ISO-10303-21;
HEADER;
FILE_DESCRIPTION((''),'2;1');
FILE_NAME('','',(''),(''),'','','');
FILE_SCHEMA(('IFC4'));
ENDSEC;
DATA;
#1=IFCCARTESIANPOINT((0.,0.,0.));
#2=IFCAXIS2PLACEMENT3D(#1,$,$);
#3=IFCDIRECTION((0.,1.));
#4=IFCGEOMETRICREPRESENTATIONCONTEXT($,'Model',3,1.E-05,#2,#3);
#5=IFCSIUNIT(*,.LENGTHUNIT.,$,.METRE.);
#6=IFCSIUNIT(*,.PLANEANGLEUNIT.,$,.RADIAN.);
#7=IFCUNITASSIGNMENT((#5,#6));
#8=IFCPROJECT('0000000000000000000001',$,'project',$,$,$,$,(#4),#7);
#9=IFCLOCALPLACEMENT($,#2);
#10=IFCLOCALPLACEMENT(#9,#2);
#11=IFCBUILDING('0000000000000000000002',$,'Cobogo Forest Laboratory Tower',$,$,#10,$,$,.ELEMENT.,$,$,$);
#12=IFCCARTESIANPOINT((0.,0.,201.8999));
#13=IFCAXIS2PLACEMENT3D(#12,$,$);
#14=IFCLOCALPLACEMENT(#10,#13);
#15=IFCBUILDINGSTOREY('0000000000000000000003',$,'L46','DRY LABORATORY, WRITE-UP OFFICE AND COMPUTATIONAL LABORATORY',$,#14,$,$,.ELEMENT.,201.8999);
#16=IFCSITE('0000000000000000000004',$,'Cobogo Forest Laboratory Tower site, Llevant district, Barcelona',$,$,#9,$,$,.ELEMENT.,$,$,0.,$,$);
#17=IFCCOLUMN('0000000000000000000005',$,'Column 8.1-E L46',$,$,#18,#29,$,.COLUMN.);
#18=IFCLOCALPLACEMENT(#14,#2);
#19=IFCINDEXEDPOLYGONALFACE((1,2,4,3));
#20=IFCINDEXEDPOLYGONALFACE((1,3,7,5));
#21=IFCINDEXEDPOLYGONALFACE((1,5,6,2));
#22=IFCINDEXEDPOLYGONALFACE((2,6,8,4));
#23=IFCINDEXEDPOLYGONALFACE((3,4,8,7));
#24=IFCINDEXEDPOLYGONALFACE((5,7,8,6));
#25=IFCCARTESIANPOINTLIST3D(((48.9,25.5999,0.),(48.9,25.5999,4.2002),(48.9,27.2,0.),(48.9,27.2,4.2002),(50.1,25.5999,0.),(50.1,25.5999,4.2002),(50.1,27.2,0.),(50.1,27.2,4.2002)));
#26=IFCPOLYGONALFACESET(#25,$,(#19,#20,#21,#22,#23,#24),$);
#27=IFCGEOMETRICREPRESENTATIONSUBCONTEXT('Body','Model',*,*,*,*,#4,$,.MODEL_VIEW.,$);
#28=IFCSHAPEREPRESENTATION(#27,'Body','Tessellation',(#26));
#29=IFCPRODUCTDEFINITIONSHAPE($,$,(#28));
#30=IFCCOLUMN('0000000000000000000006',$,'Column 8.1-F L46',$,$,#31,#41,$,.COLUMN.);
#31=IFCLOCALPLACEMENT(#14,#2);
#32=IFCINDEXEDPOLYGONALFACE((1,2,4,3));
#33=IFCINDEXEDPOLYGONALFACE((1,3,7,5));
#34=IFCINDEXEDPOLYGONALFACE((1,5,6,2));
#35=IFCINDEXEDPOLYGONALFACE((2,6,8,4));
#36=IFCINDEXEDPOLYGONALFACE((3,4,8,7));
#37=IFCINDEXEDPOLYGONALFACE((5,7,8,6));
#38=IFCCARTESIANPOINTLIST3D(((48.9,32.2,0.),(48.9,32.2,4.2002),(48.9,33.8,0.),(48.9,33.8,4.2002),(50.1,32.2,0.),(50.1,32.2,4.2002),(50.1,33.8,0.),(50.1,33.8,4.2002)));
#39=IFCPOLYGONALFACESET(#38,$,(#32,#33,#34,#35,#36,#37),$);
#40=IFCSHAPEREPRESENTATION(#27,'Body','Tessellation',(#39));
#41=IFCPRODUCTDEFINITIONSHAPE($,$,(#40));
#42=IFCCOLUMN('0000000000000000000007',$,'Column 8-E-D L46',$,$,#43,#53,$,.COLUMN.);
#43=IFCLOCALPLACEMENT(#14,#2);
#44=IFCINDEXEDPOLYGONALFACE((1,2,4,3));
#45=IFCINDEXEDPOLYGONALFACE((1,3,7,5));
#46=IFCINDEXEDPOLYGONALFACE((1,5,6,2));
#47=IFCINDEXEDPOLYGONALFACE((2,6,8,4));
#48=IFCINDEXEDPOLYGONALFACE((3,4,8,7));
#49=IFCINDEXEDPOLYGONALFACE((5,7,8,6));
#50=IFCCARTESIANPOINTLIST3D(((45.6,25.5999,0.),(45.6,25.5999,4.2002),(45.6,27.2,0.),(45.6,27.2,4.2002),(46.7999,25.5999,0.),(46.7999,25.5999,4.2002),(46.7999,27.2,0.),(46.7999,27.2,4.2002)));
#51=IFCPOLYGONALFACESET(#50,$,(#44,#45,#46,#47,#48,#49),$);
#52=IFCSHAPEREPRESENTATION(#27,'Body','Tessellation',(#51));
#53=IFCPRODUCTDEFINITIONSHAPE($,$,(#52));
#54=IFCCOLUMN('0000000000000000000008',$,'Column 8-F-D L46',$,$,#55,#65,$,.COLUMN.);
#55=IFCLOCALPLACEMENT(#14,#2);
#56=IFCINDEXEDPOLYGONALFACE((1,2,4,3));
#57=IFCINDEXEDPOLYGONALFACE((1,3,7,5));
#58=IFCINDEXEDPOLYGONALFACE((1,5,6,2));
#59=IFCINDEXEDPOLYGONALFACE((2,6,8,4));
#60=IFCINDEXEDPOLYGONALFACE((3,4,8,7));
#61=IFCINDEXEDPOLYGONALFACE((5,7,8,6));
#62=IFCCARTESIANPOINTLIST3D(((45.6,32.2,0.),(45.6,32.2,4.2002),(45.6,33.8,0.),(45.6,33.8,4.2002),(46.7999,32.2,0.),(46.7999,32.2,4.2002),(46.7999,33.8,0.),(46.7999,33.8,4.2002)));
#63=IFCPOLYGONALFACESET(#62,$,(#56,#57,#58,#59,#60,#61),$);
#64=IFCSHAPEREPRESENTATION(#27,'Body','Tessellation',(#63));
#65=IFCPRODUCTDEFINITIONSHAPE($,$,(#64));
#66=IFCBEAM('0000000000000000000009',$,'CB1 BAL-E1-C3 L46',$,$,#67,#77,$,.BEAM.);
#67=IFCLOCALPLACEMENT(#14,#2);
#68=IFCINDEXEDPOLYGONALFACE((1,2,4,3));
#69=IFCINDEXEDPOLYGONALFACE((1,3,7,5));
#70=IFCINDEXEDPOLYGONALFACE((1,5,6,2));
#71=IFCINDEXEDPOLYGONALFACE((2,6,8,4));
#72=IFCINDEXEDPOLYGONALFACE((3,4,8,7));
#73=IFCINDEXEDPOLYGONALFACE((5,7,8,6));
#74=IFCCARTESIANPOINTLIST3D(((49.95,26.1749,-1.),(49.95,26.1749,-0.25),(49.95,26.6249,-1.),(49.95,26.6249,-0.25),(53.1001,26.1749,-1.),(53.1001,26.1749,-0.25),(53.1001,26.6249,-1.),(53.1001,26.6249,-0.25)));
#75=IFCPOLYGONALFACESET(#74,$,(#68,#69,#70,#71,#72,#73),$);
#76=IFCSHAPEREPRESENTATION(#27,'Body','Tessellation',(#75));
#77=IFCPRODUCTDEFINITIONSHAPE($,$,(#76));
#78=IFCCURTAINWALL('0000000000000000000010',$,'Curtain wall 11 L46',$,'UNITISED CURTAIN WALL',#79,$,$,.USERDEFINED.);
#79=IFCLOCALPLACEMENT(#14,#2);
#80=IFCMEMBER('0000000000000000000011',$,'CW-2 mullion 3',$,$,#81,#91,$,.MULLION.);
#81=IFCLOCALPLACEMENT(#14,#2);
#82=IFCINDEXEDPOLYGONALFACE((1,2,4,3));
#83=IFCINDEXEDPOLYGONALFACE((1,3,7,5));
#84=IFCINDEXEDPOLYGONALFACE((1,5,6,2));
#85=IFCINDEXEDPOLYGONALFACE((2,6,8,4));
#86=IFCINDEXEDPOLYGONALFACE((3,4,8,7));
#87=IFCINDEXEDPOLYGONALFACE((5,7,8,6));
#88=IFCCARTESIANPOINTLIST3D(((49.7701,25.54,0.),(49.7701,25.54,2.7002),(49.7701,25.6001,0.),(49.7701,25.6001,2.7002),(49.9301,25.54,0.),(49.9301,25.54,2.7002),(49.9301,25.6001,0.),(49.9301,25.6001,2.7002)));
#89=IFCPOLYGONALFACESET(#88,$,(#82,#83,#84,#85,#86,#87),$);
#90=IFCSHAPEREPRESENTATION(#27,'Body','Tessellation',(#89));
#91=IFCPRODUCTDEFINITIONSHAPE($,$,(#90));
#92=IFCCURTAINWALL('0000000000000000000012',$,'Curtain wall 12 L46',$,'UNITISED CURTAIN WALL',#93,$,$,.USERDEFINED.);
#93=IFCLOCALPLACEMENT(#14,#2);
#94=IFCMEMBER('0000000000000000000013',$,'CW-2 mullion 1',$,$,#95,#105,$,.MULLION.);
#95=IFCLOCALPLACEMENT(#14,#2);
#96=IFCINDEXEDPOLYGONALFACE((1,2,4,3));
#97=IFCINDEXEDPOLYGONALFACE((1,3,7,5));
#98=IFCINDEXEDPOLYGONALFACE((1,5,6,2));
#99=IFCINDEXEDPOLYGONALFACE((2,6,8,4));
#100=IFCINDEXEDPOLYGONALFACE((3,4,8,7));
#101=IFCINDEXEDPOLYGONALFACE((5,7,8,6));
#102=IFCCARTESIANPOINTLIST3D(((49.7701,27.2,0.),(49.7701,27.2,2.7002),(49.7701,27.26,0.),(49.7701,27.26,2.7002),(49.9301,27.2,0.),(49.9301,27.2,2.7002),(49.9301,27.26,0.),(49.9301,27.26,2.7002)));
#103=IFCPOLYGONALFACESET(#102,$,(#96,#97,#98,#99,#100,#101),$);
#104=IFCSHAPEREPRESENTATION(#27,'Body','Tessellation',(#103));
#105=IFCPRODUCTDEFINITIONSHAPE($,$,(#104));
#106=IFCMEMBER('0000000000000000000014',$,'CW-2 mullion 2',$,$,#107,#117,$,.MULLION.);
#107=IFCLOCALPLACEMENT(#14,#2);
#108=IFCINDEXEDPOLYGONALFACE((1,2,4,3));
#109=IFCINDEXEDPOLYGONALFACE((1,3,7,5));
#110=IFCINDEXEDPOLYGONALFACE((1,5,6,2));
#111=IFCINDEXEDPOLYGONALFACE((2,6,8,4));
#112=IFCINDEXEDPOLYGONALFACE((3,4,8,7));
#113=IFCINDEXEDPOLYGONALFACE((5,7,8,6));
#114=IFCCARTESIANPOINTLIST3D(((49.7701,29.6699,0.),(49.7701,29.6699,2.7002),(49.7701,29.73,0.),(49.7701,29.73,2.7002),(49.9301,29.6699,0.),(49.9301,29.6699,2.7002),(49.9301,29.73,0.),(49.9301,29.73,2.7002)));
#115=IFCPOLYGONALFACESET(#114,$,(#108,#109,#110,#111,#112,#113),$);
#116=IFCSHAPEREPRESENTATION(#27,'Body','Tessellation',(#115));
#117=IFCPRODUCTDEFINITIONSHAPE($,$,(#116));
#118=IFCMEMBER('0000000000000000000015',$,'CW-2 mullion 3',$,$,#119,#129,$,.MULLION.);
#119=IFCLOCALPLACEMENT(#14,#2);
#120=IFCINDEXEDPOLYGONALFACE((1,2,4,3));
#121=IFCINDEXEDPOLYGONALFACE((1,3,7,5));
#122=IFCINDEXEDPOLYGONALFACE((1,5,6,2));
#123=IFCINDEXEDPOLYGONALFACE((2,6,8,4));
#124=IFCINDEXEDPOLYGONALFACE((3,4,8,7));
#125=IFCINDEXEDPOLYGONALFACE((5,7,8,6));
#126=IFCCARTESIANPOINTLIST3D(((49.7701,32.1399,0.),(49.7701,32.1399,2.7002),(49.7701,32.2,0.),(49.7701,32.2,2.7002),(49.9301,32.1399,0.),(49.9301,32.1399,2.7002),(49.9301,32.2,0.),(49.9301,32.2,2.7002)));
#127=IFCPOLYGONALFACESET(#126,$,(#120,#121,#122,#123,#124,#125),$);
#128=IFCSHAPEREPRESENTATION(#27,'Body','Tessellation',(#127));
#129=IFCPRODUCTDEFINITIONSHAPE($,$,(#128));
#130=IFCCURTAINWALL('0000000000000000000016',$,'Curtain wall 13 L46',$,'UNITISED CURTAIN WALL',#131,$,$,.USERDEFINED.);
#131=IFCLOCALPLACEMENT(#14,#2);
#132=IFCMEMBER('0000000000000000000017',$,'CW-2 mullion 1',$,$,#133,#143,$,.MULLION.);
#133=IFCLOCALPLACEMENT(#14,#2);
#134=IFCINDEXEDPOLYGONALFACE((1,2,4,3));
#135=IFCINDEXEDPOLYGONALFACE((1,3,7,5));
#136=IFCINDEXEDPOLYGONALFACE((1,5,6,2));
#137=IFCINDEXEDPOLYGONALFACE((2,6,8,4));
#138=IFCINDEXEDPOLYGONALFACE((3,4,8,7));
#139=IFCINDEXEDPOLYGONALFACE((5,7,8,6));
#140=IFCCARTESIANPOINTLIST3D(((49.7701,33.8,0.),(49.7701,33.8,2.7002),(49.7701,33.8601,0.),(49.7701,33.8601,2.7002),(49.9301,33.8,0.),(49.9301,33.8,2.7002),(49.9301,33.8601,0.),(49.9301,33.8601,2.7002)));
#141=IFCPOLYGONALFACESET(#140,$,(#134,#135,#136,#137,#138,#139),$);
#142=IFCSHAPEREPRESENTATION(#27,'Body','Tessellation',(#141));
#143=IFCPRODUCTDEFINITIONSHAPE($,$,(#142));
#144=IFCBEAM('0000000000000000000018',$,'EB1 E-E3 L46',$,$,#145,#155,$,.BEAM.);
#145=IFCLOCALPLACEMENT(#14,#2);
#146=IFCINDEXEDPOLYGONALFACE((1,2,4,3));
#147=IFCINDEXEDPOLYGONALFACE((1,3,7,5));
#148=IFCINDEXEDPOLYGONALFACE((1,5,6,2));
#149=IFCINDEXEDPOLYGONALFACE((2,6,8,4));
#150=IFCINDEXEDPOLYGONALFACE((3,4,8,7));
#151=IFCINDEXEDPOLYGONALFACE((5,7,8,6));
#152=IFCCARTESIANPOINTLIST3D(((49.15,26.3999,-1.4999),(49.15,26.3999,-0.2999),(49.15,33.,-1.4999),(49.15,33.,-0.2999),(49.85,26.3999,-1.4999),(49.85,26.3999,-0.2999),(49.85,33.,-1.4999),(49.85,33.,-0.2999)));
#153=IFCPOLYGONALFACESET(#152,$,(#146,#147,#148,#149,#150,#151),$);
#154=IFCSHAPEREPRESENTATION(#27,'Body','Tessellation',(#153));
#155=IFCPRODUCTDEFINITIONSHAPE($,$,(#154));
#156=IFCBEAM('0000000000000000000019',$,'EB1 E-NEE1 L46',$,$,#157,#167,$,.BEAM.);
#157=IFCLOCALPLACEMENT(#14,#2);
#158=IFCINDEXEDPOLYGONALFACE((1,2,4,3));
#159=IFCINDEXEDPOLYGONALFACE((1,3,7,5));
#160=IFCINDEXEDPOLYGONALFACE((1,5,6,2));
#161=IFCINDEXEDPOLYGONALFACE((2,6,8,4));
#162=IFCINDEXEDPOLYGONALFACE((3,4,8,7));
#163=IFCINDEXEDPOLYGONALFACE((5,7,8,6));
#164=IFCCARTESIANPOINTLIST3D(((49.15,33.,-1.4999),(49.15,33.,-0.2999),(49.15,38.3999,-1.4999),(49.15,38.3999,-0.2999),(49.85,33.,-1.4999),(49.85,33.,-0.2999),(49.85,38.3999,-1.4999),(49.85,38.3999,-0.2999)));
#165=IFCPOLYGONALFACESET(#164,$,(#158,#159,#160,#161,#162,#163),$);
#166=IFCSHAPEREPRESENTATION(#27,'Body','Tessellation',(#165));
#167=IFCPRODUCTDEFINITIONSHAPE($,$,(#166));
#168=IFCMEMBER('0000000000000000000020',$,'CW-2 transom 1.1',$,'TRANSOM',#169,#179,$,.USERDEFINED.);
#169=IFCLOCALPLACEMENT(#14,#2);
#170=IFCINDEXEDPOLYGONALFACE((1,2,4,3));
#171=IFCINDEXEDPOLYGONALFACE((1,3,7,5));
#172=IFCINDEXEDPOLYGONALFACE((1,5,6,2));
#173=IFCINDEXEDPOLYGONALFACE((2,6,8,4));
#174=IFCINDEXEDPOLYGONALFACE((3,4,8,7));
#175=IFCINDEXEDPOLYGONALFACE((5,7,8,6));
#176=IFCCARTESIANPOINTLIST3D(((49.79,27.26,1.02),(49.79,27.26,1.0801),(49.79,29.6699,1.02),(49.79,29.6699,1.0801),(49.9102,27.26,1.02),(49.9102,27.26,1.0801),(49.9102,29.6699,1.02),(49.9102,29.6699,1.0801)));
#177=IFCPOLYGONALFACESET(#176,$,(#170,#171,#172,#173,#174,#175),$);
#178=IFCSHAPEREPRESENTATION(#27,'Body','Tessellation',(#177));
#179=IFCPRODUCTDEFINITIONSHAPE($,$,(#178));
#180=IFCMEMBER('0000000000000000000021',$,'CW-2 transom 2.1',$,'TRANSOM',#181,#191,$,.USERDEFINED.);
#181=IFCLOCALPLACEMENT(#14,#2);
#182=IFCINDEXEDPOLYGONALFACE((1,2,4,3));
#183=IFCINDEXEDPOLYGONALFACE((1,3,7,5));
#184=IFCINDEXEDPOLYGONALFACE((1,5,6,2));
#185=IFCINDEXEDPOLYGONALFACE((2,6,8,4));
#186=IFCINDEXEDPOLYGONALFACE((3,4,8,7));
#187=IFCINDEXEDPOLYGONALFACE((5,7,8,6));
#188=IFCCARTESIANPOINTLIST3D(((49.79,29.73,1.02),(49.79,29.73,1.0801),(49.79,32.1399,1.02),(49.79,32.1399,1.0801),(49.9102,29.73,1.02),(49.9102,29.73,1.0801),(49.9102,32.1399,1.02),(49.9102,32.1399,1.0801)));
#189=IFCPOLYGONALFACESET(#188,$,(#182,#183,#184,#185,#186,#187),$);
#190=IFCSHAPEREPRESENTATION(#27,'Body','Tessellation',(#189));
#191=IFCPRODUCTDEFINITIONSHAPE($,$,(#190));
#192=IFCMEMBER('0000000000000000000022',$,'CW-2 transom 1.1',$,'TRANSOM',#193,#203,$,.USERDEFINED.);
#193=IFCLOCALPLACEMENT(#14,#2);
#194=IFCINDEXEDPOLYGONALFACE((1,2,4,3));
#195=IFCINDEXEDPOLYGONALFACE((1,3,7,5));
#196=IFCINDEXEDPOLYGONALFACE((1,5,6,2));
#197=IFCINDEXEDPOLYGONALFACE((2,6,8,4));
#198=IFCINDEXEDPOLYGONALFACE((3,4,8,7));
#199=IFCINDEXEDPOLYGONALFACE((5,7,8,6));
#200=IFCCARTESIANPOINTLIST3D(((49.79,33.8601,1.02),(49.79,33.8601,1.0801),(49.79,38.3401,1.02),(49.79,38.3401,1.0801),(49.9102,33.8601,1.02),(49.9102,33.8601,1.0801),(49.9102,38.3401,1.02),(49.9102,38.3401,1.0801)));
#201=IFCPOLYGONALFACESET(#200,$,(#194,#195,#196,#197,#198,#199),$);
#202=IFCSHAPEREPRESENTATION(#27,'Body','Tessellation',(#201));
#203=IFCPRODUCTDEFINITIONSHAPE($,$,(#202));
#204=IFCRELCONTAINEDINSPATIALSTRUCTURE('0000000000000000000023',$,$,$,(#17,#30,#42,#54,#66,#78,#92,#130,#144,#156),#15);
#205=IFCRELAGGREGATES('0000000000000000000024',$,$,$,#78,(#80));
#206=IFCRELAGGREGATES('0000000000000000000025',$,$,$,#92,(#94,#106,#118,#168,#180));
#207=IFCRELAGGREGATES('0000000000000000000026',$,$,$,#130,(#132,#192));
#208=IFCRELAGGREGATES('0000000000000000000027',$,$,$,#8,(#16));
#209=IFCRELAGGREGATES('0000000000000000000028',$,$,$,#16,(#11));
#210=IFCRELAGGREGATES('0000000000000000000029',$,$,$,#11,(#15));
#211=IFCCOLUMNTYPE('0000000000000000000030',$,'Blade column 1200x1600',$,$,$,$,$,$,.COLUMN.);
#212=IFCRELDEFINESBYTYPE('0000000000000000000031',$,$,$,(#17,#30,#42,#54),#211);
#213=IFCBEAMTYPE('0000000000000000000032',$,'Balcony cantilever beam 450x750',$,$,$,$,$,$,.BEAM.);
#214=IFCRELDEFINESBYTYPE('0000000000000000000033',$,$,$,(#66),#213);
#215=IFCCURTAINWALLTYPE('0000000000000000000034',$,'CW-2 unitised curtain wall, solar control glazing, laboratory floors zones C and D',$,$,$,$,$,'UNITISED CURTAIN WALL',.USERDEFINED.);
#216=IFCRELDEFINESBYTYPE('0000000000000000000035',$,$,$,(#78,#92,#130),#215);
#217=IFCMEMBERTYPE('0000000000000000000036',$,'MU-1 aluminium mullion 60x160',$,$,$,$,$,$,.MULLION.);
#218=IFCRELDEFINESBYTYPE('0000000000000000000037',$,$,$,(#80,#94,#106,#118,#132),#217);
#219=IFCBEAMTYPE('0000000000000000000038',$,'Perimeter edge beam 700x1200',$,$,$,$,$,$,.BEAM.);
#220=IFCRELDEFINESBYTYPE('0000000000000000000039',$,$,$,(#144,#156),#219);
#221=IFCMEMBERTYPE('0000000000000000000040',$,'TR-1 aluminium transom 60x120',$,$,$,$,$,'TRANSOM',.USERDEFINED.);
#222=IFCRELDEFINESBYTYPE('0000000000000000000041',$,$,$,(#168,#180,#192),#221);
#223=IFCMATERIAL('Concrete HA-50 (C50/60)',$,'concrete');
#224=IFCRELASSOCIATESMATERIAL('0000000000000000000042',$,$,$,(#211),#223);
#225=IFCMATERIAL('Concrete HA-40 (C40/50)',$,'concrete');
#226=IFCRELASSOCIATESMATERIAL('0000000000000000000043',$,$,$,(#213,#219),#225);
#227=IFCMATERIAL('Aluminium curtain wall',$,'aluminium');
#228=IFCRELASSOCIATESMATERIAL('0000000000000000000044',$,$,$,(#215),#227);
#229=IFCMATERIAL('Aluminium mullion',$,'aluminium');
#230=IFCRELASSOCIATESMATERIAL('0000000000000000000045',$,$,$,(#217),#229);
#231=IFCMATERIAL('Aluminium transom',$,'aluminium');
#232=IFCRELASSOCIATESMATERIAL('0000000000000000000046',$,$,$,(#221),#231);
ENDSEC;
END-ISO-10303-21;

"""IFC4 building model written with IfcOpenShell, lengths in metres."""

from ifc_helpers import new_model, si_unit, direction, frame, origin, origin_2d, place, context, subcontext, project, spatial, rectangle, extrude, material, material_profile, profile_set, type_object, element, aggregate, save


model = new_model("IFC4")

# Units and contexts
model_context = context("Model", 3, precision=1e-05, world=origin(), true_north=direction((0.0, 1.0)))
body_context = subcontext(model_context, "Body", "Model", "MODEL_VIEW")
ifc_project = project(units=[si_unit("LENGTHUNIT", "METRE"), si_unit("PLANEANGLEUNIT", "RADIAN")], contexts=[model_context])

# Site, building, storey
site_placement = place(None, origin())
site = spatial("IfcSite", under=ifc_project, at=site_placement, Name="Cobogo Forest Laboratory Tower site, Llevant district, Barcelona", CompositionType="ELEMENT", RefElevation=0.0)
building_placement = place(site_placement, origin())
building = spatial("IfcBuilding", under=site, at=building_placement, Name="Cobogo Forest Laboratory Tower", CompositionType="ELEMENT")
storey_placement = place(building_placement, frame((0.0, 0.0, 201.8999)))
storey = spatial("IfcBuildingStorey", under=building, at=storey_placement, Name="L46", Description="DRY LABORATORY, WRITE-UP OFFICE AND COMPUTATIONAL LABORATORY", CompositionType="ELEMENT", Elevation=201.8999)

# Columns
ifc_material_1 = material(Name="Concrete HA-50 (C50/60)", Category="concrete")
ifc_material_profile_1 = material_profile(ifc_material_1, rectangle(XDim=1.6001, YDim=1.2, at=origin_2d()), Name="RC 1200x1600")
ifc_profile_set_1 = profile_set([ifc_material_profile_1], Name="Concrete HA-50 (C50/60)")
column_type = type_object("IfcColumnType", Name="Blade column 1200x1600", PredefinedType="COLUMN", material=ifc_profile_set_1)
for number, where, z_axis, x_axis, name in (
    (1, (49.5, 26.3999, 0.0), (0.0, 0.0, 1.0), (0.0, 1.0, 0.0), "Column 8.1-E L46"),
    (2, (49.5, 33.0, 0.0), (0.0, 0.0, 1.0), (0.0, 1.0, 0.0), "Column 8.1-F L46"),
    (3, (46.2, 26.3999, 0.0), (0.0, 0.0, 1.0), (0.0, 1.0, 0.0), "Column 8-E-D L46"),
    (4, (46.2, 33.0, 0.0), (0.0, 0.0, 1.0), (0.0, 1.0, 0.0), "Column 8-F-D L46"),
):
    element("IfcColumn", number, at=place(storey_placement, frame(where, z_axis=z_axis, x_axis=x_axis)), inside=storey, type_object=column_type, Name=name, PredefinedType="COLUMN", context=body_context, shape_type="SweptSolid", body=[
        extrude(rectangle(XDim=1.6001, YDim=1.2, at=origin_2d()), origin(), (0.0, 0.0, 1.0), 4.2002),
    ])

# Beam
ifc_material_2 = material(Name="Concrete HA-40 (C40/50)", Category="concrete")
ifc_material_profile_2 = material_profile(ifc_material_2, rectangle(XDim=0.45, YDim=0.75, at=origin_2d()), Name="RC 450x750")
ifc_profile_set_2 = profile_set([ifc_material_profile_2], Name="Concrete HA-40 (C40/50)")
beam_type_1 = type_object("IfcBeamType", Name="Balcony cantilever beam 450x750", PredefinedType="BEAM", material=ifc_profile_set_2)
beam_1_placement = place(storey_placement, frame((49.95, 26.3999, -0.625), z_axis=(1.0, 0.0, 0.0), x_axis=(0.0, 1.0, 0.0)))
element("IfcBeam", 5, at=beam_1_placement, inside=storey, type_object=beam_type_1, Name="CB1 BAL-E1-C3 L46", PredefinedType="BEAM", context=body_context, shape_type="SweptSolid", body=[
    extrude(rectangle(XDim=0.45, YDim=0.75, at=origin_2d()), origin(), (0.0, 0.0, 1.0), 3.1501),
])

# Curtain wall, member
ifc_material_3 = material(Name="Aluminium curtain wall", Category="aluminium")
curtain_wall_type = type_object("IfcCurtainWallType", Name="CW-2 unitised curtain wall, solar control glazing, laboratory floors zones C and D", ElementType="UNITISED CURTAIN WALL", PredefinedType="USERDEFINED", material=ifc_material_3)
curtain_wall_1_placement = place(storey_placement, origin())
curtain_wall_1 = element("IfcCurtainWall", 6, at=curtain_wall_1_placement, inside=storey, type_object=curtain_wall_type, Name="Curtain wall 11 L46", ObjectType="UNITISED CURTAIN WALL", PredefinedType="USERDEFINED")
ifc_material_4 = material(Name="Aluminium mullion", Category="aluminium")
ifc_material_profile_3 = material_profile(ifc_material_4, rectangle(XDim=0.0601, YDim=0.1599, at=origin_2d()), Name="AL 60x160")
ifc_profile_set_3 = profile_set([ifc_material_profile_3], Name="Aluminium mullion")
member_type_1 = type_object("IfcMemberType", Name="MU-1 aluminium mullion 60x160", PredefinedType="MULLION", material=ifc_profile_set_3)
member_1_placement = place(storey_placement, frame((49.8501, 25.5701, 0.0), z_axis=(0.0, 0.0, 1.0), x_axis=(0.0, 1.0, 0.0)))
member_1 = element("IfcMember", 7, at=member_1_placement, type_object=member_type_1, Name="CW-2 mullion 3", PredefinedType="MULLION", context=body_context, shape_type="SweptSolid", body=[
    extrude(rectangle(XDim=0.0601, YDim=0.1599, at=origin_2d()), origin(), (0.0, 0.0, 1.0), 2.7002),
])

# Curtain wall, members
curtain_wall_2_placement = place(storey_placement, origin())
curtain_wall_2 = element("IfcCurtainWall", 8, at=curtain_wall_2_placement, inside=storey, type_object=curtain_wall_type, Name="Curtain wall 12 L46", ObjectType="UNITISED CURTAIN WALL", PredefinedType="USERDEFINED")
member_2_placement = place(storey_placement, frame((49.8501, 27.23, 0.0), z_axis=(0.0, 0.0, 1.0), x_axis=(0.0, 1.0, 0.0)))
member_2 = element("IfcMember", 9, at=member_2_placement, type_object=member_type_1, Name="CW-2 mullion 1", PredefinedType="MULLION", context=body_context, shape_type="SweptSolid", body=[
    extrude(rectangle(XDim=0.0601, YDim=0.1599, at=origin_2d()), origin(), (0.0, 0.0, 1.0), 2.7002),
])
member_3_placement = place(storey_placement, frame((49.8501, 29.7, 0.0), z_axis=(0.0, 0.0, 1.0), x_axis=(0.0, 1.0, 0.0)))
member_3 = element("IfcMember", 10, at=member_3_placement, type_object=member_type_1, Name="CW-2 mullion 2", PredefinedType="MULLION", context=body_context, shape_type="SweptSolid", body=[
    extrude(rectangle(XDim=0.0601, YDim=0.1599, at=origin_2d()), origin(), (0.0, 0.0, 1.0), 2.7002),
])
member_4_placement = place(storey_placement, frame((49.8501, 32.1699, 0.0), z_axis=(0.0, 0.0, 1.0), x_axis=(0.0, 1.0, 0.0)))
member_4 = element("IfcMember", 11, at=member_4_placement, type_object=member_type_1, Name="CW-2 mullion 3", PredefinedType="MULLION", context=body_context, shape_type="SweptSolid", body=[
    extrude(rectangle(XDim=0.0601, YDim=0.1599, at=origin_2d()), origin(), (0.0, 0.0, 1.0), 2.7002),
])

# Curtain wall, member
curtain_wall_3_placement = place(storey_placement, origin())
curtain_wall_3 = element("IfcCurtainWall", 12, at=curtain_wall_3_placement, inside=storey, type_object=curtain_wall_type, Name="Curtain wall 13 L46", ObjectType="UNITISED CURTAIN WALL", PredefinedType="USERDEFINED")
member_5_placement = place(storey_placement, frame((49.8501, 33.8301, 0.0), z_axis=(0.0, 0.0, 1.0), x_axis=(0.0, 1.0, 0.0)))
member_5 = element("IfcMember", 13, at=member_5_placement, type_object=member_type_1, Name="CW-2 mullion 1", PredefinedType="MULLION", context=body_context, shape_type="SweptSolid", body=[
    extrude(rectangle(XDim=0.0601, YDim=0.1599, at=origin_2d()), origin(), (0.0, 0.0, 1.0), 2.7002),
])

# Beams
ifc_material_profile_4 = material_profile(ifc_material_2, rectangle(XDim=0.7, YDim=1.2, at=origin_2d()), Name="RC 700x1200")
ifc_profile_set_4 = profile_set([ifc_material_profile_4], Name="Concrete HA-40 (C40/50)")
beam_type_2 = type_object("IfcBeamType", Name="Perimeter edge beam 700x1200", PredefinedType="BEAM", material=ifc_profile_set_4)
beam_2_placement = place(storey_placement, frame((49.5, 26.3999, -0.8999), z_axis=(0.0, 1.0, 0.0), x_axis=(-1.0, 0.0, 0.0)))
element("IfcBeam", 14, at=beam_2_placement, inside=storey, type_object=beam_type_2, Name="EB1 E-E3 L46", PredefinedType="BEAM", context=body_context, shape_type="SweptSolid", body=[
    extrude(rectangle(XDim=0.7, YDim=1.2, at=origin_2d()), origin(), (0.0, 0.0, 1.0), 6.6001),
])
beam_3_placement = place(storey_placement, frame((49.5, 33.0, -0.8999), z_axis=(0.0, 1.0, 0.0), x_axis=(-1.0, 0.0, 0.0)))
element("IfcBeam", 15, at=beam_3_placement, inside=storey, type_object=beam_type_2, Name="EB1 E-NEE1 L46", PredefinedType="BEAM", context=body_context, shape_type="SweptSolid", body=[
    extrude(rectangle(XDim=0.7, YDim=1.2, at=origin_2d()), origin(), (0.0, 0.0, 1.0), 5.3999),
])

# Members
ifc_material_5 = material(Name="Aluminium transom", Category="aluminium")
ifc_material_profile_5 = material_profile(ifc_material_5, rectangle(XDim=0.1201, YDim=0.0601, at=origin_2d()), Name="AL 60x120")
ifc_profile_set_5 = profile_set([ifc_material_profile_5], Name="Aluminium transom")
member_type_2 = type_object("IfcMemberType", Name="TR-1 aluminium transom 60x120", ElementType="TRANSOM", PredefinedType="USERDEFINED", material=ifc_profile_set_5)
member_6_placement = place(storey_placement, frame((49.8501, 27.26, 1.05), z_axis=(0.0, 1.0, 0.0), x_axis=(-1.0, 0.0, 0.0)))
member_6 = element("IfcMember", 16, at=member_6_placement, type_object=member_type_2, Name="CW-2 transom 1.1", ObjectType="TRANSOM", PredefinedType="USERDEFINED", context=body_context, shape_type="SweptSolid", body=[
    extrude(rectangle(XDim=0.1201, YDim=0.0601, at=origin_2d()), origin(), (0.0, 0.0, 1.0), 2.4099),
])
member_7_placement = place(storey_placement, frame((49.8501, 29.73, 1.05), z_axis=(0.0, 1.0, 0.0), x_axis=(-1.0, 0.0, 0.0)))
member_7 = element("IfcMember", 17, at=member_7_placement, type_object=member_type_2, Name="CW-2 transom 2.1", ObjectType="TRANSOM", PredefinedType="USERDEFINED", context=body_context, shape_type="SweptSolid", body=[
    extrude(rectangle(XDim=0.1201, YDim=0.0601, at=origin_2d()), origin(), (0.0, 0.0, 1.0), 2.4099),
])
member_8_placement = place(storey_placement, frame((49.8501, 33.8601, 1.05), z_axis=(0.0, 1.0, 0.0), x_axis=(-1.0, 0.0, 0.0)))
member_8 = element("IfcMember", 18, at=member_8_placement, type_object=member_type_2, Name="CW-2 transom 1.1", ObjectType="TRANSOM", PredefinedType="USERDEFINED", context=body_context, shape_type="SweptSolid", body=[
    extrude(rectangle(XDim=0.1201, YDim=0.0601, at=origin_2d()), origin(), (0.0, 0.0, 1.0), 4.48),
])

aggregate(curtain_wall_1, [member_1])
aggregate(curtain_wall_2, [member_2, member_3, member_4, member_6, member_7])
aggregate(curtain_wall_3, [member_5, member_8])

save(model, "model.ifc")
